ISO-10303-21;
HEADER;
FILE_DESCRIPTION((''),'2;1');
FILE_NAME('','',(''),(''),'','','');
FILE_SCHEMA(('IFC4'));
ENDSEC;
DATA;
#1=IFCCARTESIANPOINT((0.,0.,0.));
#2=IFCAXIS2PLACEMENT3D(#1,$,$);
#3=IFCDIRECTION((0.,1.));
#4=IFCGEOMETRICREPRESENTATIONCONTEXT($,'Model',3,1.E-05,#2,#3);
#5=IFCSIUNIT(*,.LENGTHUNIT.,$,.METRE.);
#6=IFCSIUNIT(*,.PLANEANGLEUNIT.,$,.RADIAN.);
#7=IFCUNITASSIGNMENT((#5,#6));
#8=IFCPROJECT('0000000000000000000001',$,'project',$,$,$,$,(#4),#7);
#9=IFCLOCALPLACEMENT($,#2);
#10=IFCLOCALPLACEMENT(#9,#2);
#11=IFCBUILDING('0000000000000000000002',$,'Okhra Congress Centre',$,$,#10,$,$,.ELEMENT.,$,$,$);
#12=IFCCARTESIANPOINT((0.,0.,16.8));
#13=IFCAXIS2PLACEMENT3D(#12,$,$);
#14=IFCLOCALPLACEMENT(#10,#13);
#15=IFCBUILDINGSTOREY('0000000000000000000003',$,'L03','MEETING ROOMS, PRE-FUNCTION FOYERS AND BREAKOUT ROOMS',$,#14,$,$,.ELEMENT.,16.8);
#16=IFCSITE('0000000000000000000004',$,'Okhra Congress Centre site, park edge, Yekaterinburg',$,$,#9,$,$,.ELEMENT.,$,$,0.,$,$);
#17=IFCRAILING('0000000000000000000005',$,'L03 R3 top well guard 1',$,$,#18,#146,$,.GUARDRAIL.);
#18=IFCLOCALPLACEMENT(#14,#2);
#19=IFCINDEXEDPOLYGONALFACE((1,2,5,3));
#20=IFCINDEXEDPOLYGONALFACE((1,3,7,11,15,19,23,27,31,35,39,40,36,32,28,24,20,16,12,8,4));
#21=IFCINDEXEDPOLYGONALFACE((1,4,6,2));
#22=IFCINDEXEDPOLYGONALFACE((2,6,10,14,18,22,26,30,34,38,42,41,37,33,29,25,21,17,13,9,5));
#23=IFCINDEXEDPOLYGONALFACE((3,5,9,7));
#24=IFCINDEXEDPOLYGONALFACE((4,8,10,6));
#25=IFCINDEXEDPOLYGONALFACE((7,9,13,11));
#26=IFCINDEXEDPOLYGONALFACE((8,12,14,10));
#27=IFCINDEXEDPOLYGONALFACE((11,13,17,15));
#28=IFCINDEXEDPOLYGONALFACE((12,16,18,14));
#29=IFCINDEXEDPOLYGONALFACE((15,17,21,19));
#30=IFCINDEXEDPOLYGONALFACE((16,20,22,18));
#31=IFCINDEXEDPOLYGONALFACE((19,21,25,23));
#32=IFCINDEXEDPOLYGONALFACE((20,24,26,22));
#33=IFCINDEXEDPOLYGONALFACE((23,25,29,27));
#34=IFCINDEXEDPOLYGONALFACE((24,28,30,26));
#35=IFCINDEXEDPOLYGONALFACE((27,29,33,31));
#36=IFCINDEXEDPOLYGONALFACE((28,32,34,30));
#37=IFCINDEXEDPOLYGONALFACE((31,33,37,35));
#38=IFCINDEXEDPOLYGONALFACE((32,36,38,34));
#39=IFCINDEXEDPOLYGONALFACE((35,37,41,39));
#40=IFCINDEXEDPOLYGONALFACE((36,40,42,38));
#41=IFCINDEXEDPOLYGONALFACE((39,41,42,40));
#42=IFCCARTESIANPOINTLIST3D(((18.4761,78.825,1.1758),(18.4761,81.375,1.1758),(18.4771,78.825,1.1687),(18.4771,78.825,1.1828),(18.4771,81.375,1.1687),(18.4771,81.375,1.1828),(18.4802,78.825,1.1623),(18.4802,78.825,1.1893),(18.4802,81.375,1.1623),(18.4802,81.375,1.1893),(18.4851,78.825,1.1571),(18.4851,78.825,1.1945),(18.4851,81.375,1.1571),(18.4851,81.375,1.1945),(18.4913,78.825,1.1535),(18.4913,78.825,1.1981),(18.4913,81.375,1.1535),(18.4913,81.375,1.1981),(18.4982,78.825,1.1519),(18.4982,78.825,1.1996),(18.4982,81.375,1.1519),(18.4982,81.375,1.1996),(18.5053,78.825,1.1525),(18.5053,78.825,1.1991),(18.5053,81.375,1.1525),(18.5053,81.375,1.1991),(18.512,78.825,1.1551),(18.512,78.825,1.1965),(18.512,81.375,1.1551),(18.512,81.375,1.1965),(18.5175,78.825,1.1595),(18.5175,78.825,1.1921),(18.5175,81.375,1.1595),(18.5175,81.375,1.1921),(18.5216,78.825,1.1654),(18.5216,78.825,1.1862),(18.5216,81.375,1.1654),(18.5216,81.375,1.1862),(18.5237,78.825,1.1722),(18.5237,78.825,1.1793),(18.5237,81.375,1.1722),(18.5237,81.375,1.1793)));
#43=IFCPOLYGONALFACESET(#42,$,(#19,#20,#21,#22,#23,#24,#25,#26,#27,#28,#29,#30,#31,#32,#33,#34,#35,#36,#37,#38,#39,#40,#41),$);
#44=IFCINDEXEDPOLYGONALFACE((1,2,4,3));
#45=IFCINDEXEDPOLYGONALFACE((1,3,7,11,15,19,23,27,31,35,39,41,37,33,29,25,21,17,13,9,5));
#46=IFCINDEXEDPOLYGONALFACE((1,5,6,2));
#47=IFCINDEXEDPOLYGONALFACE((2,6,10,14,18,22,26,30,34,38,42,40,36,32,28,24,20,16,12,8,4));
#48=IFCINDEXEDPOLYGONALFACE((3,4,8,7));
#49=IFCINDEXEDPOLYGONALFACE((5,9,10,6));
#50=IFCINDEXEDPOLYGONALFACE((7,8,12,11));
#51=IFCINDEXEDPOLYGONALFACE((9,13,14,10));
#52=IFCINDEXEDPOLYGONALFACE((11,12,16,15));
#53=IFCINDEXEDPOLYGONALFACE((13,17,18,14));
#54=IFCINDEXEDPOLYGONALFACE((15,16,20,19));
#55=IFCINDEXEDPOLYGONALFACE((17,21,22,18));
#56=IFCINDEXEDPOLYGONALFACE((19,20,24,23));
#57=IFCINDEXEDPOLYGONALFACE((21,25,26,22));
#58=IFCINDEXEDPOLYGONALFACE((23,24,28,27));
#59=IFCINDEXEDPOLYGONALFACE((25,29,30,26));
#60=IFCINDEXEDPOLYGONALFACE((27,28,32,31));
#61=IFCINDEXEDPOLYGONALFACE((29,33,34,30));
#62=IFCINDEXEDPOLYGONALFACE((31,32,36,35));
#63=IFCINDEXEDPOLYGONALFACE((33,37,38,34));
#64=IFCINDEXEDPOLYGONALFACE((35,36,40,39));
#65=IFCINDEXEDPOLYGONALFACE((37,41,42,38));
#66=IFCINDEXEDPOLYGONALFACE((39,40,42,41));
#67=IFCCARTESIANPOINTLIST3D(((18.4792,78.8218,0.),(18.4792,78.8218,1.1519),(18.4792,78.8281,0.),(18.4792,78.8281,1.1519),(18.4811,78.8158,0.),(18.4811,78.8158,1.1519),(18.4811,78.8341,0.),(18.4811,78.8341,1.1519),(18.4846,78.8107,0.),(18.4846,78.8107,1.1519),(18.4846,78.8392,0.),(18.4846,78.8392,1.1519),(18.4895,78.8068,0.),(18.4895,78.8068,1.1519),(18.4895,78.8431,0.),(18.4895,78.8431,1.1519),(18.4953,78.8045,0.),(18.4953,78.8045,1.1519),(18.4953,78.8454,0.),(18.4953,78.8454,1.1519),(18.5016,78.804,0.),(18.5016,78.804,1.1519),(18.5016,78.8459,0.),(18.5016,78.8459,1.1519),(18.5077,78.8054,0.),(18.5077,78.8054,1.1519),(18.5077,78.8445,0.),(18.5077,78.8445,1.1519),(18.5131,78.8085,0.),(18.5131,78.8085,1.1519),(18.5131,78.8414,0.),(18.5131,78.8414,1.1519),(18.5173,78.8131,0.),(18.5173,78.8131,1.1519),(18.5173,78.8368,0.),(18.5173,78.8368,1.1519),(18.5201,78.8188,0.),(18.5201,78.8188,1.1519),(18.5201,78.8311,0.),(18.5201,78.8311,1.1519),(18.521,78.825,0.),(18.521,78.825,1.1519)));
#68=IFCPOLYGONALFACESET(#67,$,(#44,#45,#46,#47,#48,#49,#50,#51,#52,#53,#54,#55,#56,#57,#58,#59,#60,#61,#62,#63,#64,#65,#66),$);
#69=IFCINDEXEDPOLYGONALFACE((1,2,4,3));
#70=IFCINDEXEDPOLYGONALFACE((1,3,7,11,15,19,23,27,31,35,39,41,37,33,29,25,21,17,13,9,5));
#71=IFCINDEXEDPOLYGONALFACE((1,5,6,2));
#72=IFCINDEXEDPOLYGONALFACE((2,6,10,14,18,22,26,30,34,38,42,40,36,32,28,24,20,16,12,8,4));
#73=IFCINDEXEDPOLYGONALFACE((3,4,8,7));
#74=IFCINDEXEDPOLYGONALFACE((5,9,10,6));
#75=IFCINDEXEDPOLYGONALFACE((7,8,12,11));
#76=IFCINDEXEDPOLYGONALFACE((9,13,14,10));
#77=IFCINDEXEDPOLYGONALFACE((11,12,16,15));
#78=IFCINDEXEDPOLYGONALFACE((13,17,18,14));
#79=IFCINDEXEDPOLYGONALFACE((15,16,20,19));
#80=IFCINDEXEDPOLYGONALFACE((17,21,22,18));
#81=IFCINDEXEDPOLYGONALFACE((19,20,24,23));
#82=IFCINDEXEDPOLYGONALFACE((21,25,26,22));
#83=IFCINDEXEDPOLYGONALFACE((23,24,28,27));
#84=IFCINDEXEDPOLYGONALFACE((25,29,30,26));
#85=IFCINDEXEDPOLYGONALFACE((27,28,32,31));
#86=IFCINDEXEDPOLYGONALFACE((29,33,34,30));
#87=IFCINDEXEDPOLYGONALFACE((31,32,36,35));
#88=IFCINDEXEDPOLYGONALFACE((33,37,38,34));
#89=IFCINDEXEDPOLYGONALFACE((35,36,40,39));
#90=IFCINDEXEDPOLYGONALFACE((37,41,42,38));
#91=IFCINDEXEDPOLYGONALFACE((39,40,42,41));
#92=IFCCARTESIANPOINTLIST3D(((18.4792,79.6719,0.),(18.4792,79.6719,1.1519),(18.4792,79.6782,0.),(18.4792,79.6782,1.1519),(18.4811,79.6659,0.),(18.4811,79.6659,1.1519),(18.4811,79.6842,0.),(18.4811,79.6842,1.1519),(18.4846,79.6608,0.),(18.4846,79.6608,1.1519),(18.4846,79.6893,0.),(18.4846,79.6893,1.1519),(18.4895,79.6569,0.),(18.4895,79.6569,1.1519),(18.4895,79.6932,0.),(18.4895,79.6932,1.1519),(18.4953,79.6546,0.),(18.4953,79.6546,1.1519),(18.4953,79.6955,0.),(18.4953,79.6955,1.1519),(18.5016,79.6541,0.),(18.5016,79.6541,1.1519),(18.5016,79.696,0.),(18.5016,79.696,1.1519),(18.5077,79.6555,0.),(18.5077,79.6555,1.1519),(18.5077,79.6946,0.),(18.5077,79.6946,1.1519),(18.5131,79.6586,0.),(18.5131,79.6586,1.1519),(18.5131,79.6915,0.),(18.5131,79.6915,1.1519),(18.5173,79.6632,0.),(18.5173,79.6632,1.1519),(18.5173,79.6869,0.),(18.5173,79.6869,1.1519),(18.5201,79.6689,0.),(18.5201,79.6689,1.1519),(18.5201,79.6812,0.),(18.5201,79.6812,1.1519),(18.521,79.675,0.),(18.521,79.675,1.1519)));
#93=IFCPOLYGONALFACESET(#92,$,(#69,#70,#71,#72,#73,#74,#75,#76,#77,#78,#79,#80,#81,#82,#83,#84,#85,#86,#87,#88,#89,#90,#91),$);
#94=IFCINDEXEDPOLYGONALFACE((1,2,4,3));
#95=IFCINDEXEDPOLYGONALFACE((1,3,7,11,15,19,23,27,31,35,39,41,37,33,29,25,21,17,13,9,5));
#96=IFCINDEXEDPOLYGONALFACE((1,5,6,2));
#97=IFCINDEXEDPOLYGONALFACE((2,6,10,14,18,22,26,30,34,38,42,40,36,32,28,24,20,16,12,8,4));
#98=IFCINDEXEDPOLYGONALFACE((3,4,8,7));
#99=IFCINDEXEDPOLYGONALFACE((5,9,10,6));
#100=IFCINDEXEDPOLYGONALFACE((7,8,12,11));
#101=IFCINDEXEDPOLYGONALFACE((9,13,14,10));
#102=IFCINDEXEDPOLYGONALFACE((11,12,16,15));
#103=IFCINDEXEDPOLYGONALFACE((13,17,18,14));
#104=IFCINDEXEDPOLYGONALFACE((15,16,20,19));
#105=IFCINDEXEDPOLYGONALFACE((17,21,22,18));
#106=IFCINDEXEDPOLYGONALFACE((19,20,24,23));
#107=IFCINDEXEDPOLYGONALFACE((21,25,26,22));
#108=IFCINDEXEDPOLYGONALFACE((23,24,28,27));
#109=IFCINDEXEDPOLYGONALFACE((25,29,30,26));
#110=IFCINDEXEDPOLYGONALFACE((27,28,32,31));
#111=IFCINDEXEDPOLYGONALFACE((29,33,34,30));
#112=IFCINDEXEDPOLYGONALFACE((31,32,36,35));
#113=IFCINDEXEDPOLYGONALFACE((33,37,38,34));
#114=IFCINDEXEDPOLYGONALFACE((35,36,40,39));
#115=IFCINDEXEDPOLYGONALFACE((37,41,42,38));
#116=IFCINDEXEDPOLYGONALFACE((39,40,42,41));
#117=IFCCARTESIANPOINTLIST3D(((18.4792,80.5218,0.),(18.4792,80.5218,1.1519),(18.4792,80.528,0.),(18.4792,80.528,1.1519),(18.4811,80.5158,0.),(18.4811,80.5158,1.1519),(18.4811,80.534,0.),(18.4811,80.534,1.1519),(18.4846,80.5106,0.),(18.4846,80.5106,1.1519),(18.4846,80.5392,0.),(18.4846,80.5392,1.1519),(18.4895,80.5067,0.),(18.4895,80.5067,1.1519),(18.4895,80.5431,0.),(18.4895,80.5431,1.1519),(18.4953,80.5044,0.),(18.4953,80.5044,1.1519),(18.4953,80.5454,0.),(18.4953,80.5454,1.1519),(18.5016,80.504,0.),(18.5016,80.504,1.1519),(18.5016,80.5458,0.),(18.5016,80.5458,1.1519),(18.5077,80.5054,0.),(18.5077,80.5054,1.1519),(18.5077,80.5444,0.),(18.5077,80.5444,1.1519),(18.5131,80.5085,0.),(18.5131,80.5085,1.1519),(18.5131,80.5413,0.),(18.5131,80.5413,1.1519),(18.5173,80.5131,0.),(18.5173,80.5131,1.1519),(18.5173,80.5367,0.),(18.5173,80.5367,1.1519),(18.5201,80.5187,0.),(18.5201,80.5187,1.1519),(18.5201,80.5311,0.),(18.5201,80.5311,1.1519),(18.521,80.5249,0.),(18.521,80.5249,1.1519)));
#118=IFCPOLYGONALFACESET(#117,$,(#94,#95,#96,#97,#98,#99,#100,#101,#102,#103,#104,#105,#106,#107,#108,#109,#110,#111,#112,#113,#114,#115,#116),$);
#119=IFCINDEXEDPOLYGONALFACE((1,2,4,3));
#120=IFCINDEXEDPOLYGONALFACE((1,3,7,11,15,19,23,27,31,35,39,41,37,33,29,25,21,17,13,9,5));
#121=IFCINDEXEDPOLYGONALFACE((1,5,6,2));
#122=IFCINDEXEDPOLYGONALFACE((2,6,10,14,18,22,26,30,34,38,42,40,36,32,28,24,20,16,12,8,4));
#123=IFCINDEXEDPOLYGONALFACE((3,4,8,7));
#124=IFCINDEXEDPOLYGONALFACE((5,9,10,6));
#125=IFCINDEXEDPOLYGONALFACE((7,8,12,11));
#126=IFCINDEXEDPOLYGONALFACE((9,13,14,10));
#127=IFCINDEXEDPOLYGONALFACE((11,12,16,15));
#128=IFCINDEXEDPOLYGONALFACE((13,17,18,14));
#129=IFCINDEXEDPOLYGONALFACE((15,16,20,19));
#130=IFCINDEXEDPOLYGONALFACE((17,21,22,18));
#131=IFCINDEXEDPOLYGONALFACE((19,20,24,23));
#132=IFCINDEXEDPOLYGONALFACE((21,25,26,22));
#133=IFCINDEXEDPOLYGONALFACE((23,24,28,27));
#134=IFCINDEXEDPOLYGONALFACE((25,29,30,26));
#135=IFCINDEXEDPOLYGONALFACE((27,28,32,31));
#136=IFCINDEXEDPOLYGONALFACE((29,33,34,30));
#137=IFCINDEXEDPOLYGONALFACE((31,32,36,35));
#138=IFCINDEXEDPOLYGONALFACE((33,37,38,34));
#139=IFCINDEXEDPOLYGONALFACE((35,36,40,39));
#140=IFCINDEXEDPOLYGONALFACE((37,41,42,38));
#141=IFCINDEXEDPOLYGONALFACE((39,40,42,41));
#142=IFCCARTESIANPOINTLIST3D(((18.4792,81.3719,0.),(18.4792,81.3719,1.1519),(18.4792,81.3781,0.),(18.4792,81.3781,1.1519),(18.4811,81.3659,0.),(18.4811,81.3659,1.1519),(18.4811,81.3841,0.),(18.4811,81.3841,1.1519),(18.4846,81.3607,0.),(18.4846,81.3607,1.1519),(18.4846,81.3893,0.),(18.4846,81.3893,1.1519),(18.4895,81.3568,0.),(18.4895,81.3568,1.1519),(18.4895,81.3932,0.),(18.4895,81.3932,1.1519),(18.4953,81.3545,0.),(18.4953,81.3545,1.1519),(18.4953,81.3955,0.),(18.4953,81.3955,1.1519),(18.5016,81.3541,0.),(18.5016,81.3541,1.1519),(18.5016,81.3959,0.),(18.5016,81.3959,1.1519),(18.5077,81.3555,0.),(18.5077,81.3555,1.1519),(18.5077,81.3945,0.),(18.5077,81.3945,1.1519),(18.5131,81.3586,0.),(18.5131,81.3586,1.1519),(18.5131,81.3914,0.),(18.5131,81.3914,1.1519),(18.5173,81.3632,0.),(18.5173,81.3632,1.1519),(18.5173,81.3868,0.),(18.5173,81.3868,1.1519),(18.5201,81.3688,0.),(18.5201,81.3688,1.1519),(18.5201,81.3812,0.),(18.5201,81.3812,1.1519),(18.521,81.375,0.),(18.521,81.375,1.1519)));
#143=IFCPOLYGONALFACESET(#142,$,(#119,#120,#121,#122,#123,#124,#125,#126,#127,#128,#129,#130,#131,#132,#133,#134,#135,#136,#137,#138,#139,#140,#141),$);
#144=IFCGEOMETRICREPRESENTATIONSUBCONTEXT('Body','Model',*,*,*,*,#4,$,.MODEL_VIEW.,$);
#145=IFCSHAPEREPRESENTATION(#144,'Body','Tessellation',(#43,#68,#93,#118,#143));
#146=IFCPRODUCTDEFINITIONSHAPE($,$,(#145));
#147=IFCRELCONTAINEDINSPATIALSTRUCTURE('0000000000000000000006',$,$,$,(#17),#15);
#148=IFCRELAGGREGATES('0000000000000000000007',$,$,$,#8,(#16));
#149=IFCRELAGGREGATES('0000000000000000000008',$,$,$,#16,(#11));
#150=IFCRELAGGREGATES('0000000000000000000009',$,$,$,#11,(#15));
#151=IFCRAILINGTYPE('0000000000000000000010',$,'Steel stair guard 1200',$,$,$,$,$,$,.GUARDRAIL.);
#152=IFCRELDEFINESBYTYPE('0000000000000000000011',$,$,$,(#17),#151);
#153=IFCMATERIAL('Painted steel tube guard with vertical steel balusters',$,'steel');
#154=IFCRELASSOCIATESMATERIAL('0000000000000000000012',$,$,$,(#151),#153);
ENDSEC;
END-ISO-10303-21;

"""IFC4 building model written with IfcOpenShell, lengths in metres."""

from ifc_helpers import new_model, si_unit, direction, frame, origin, origin_2d, place, context, subcontext, project, spatial, circle, extrude, material, type_object, element, save


model = new_model("IFC4")

# Units and contexts
model_context = context("Model", 3, precision=1e-05, world=origin(), true_north=direction((0.0, 1.0)))
body_context = subcontext(model_context, "Body", "Model", "MODEL_VIEW")
ifc_project = project(units=[si_unit("LENGTHUNIT", "METRE"), si_unit("PLANEANGLEUNIT", "RADIAN")], contexts=[model_context])

# Site, building, storey
site_placement = place(None, origin())
site = spatial("IfcSite", under=ifc_project, at=site_placement, Name="Okhra Congress Centre site, park edge, Yekaterinburg", CompositionType="ELEMENT", RefElevation=0.0)
building_placement = place(site_placement, origin())
building = spatial("IfcBuilding", under=site, at=building_placement, Name="Okhra Congress Centre", CompositionType="ELEMENT")
storey_placement = place(building_placement, frame((0.0, 0.0, 16.8)))
storey = spatial("IfcBuildingStorey", under=building, at=storey_placement, Name="L03", Description="MEETING ROOMS, PRE-FUNCTION FOYERS AND BREAKOUT ROOMS", CompositionType="ELEMENT", Elevation=16.8)

# Railing
ifc_material_1 = material(Name="Painted steel tube guard with vertical steel balusters", Category="steel")
railing_type = type_object("IfcRailingType", Name="Steel stair guard 1200", PredefinedType="GUARDRAIL", material=ifc_material_1)
for number, where, name in (
    (1, (18.5, 78.825, 0.0), "L03 R3 top well guard 1"),
):
    element("IfcRailing", number, at=place(storey_placement, frame(where)), inside=storey, type_object=railing_type, Name=name, PredefinedType="GUARDRAIL", context=body_context, shape_type="SweptSolid", body=[
        extrude(circle(Radius=0.0239, at=origin_2d()), frame((0.0, 0.0, 1.1758), z_axis=(0.0, 1.0, 0.0), x_axis=(-1.0, 0.0, 0.0)), (0.0, 0.0, 1.0), 2.55),
        extrude(circle(Radius=0.021, at=origin_2d()), origin(), (0.0, 0.0, 1.0), 1.1519),
        extrude(circle(Radius=0.021, at=origin_2d()), frame((0.0, 0.8501, 0.0)), (0.0, 0.0, 1.0), 1.1519),
        extrude(circle(Radius=0.021, at=origin_2d()), frame((0.0, 1.7, 0.0)), (0.0, 0.0, 1.0), 1.1519),
        extrude(circle(Radius=0.021, at=origin_2d()), frame((0.0, 2.55, 0.0)), (0.0, 0.0, 1.0), 1.1519),
    ])

save(model, "model.ifc")
